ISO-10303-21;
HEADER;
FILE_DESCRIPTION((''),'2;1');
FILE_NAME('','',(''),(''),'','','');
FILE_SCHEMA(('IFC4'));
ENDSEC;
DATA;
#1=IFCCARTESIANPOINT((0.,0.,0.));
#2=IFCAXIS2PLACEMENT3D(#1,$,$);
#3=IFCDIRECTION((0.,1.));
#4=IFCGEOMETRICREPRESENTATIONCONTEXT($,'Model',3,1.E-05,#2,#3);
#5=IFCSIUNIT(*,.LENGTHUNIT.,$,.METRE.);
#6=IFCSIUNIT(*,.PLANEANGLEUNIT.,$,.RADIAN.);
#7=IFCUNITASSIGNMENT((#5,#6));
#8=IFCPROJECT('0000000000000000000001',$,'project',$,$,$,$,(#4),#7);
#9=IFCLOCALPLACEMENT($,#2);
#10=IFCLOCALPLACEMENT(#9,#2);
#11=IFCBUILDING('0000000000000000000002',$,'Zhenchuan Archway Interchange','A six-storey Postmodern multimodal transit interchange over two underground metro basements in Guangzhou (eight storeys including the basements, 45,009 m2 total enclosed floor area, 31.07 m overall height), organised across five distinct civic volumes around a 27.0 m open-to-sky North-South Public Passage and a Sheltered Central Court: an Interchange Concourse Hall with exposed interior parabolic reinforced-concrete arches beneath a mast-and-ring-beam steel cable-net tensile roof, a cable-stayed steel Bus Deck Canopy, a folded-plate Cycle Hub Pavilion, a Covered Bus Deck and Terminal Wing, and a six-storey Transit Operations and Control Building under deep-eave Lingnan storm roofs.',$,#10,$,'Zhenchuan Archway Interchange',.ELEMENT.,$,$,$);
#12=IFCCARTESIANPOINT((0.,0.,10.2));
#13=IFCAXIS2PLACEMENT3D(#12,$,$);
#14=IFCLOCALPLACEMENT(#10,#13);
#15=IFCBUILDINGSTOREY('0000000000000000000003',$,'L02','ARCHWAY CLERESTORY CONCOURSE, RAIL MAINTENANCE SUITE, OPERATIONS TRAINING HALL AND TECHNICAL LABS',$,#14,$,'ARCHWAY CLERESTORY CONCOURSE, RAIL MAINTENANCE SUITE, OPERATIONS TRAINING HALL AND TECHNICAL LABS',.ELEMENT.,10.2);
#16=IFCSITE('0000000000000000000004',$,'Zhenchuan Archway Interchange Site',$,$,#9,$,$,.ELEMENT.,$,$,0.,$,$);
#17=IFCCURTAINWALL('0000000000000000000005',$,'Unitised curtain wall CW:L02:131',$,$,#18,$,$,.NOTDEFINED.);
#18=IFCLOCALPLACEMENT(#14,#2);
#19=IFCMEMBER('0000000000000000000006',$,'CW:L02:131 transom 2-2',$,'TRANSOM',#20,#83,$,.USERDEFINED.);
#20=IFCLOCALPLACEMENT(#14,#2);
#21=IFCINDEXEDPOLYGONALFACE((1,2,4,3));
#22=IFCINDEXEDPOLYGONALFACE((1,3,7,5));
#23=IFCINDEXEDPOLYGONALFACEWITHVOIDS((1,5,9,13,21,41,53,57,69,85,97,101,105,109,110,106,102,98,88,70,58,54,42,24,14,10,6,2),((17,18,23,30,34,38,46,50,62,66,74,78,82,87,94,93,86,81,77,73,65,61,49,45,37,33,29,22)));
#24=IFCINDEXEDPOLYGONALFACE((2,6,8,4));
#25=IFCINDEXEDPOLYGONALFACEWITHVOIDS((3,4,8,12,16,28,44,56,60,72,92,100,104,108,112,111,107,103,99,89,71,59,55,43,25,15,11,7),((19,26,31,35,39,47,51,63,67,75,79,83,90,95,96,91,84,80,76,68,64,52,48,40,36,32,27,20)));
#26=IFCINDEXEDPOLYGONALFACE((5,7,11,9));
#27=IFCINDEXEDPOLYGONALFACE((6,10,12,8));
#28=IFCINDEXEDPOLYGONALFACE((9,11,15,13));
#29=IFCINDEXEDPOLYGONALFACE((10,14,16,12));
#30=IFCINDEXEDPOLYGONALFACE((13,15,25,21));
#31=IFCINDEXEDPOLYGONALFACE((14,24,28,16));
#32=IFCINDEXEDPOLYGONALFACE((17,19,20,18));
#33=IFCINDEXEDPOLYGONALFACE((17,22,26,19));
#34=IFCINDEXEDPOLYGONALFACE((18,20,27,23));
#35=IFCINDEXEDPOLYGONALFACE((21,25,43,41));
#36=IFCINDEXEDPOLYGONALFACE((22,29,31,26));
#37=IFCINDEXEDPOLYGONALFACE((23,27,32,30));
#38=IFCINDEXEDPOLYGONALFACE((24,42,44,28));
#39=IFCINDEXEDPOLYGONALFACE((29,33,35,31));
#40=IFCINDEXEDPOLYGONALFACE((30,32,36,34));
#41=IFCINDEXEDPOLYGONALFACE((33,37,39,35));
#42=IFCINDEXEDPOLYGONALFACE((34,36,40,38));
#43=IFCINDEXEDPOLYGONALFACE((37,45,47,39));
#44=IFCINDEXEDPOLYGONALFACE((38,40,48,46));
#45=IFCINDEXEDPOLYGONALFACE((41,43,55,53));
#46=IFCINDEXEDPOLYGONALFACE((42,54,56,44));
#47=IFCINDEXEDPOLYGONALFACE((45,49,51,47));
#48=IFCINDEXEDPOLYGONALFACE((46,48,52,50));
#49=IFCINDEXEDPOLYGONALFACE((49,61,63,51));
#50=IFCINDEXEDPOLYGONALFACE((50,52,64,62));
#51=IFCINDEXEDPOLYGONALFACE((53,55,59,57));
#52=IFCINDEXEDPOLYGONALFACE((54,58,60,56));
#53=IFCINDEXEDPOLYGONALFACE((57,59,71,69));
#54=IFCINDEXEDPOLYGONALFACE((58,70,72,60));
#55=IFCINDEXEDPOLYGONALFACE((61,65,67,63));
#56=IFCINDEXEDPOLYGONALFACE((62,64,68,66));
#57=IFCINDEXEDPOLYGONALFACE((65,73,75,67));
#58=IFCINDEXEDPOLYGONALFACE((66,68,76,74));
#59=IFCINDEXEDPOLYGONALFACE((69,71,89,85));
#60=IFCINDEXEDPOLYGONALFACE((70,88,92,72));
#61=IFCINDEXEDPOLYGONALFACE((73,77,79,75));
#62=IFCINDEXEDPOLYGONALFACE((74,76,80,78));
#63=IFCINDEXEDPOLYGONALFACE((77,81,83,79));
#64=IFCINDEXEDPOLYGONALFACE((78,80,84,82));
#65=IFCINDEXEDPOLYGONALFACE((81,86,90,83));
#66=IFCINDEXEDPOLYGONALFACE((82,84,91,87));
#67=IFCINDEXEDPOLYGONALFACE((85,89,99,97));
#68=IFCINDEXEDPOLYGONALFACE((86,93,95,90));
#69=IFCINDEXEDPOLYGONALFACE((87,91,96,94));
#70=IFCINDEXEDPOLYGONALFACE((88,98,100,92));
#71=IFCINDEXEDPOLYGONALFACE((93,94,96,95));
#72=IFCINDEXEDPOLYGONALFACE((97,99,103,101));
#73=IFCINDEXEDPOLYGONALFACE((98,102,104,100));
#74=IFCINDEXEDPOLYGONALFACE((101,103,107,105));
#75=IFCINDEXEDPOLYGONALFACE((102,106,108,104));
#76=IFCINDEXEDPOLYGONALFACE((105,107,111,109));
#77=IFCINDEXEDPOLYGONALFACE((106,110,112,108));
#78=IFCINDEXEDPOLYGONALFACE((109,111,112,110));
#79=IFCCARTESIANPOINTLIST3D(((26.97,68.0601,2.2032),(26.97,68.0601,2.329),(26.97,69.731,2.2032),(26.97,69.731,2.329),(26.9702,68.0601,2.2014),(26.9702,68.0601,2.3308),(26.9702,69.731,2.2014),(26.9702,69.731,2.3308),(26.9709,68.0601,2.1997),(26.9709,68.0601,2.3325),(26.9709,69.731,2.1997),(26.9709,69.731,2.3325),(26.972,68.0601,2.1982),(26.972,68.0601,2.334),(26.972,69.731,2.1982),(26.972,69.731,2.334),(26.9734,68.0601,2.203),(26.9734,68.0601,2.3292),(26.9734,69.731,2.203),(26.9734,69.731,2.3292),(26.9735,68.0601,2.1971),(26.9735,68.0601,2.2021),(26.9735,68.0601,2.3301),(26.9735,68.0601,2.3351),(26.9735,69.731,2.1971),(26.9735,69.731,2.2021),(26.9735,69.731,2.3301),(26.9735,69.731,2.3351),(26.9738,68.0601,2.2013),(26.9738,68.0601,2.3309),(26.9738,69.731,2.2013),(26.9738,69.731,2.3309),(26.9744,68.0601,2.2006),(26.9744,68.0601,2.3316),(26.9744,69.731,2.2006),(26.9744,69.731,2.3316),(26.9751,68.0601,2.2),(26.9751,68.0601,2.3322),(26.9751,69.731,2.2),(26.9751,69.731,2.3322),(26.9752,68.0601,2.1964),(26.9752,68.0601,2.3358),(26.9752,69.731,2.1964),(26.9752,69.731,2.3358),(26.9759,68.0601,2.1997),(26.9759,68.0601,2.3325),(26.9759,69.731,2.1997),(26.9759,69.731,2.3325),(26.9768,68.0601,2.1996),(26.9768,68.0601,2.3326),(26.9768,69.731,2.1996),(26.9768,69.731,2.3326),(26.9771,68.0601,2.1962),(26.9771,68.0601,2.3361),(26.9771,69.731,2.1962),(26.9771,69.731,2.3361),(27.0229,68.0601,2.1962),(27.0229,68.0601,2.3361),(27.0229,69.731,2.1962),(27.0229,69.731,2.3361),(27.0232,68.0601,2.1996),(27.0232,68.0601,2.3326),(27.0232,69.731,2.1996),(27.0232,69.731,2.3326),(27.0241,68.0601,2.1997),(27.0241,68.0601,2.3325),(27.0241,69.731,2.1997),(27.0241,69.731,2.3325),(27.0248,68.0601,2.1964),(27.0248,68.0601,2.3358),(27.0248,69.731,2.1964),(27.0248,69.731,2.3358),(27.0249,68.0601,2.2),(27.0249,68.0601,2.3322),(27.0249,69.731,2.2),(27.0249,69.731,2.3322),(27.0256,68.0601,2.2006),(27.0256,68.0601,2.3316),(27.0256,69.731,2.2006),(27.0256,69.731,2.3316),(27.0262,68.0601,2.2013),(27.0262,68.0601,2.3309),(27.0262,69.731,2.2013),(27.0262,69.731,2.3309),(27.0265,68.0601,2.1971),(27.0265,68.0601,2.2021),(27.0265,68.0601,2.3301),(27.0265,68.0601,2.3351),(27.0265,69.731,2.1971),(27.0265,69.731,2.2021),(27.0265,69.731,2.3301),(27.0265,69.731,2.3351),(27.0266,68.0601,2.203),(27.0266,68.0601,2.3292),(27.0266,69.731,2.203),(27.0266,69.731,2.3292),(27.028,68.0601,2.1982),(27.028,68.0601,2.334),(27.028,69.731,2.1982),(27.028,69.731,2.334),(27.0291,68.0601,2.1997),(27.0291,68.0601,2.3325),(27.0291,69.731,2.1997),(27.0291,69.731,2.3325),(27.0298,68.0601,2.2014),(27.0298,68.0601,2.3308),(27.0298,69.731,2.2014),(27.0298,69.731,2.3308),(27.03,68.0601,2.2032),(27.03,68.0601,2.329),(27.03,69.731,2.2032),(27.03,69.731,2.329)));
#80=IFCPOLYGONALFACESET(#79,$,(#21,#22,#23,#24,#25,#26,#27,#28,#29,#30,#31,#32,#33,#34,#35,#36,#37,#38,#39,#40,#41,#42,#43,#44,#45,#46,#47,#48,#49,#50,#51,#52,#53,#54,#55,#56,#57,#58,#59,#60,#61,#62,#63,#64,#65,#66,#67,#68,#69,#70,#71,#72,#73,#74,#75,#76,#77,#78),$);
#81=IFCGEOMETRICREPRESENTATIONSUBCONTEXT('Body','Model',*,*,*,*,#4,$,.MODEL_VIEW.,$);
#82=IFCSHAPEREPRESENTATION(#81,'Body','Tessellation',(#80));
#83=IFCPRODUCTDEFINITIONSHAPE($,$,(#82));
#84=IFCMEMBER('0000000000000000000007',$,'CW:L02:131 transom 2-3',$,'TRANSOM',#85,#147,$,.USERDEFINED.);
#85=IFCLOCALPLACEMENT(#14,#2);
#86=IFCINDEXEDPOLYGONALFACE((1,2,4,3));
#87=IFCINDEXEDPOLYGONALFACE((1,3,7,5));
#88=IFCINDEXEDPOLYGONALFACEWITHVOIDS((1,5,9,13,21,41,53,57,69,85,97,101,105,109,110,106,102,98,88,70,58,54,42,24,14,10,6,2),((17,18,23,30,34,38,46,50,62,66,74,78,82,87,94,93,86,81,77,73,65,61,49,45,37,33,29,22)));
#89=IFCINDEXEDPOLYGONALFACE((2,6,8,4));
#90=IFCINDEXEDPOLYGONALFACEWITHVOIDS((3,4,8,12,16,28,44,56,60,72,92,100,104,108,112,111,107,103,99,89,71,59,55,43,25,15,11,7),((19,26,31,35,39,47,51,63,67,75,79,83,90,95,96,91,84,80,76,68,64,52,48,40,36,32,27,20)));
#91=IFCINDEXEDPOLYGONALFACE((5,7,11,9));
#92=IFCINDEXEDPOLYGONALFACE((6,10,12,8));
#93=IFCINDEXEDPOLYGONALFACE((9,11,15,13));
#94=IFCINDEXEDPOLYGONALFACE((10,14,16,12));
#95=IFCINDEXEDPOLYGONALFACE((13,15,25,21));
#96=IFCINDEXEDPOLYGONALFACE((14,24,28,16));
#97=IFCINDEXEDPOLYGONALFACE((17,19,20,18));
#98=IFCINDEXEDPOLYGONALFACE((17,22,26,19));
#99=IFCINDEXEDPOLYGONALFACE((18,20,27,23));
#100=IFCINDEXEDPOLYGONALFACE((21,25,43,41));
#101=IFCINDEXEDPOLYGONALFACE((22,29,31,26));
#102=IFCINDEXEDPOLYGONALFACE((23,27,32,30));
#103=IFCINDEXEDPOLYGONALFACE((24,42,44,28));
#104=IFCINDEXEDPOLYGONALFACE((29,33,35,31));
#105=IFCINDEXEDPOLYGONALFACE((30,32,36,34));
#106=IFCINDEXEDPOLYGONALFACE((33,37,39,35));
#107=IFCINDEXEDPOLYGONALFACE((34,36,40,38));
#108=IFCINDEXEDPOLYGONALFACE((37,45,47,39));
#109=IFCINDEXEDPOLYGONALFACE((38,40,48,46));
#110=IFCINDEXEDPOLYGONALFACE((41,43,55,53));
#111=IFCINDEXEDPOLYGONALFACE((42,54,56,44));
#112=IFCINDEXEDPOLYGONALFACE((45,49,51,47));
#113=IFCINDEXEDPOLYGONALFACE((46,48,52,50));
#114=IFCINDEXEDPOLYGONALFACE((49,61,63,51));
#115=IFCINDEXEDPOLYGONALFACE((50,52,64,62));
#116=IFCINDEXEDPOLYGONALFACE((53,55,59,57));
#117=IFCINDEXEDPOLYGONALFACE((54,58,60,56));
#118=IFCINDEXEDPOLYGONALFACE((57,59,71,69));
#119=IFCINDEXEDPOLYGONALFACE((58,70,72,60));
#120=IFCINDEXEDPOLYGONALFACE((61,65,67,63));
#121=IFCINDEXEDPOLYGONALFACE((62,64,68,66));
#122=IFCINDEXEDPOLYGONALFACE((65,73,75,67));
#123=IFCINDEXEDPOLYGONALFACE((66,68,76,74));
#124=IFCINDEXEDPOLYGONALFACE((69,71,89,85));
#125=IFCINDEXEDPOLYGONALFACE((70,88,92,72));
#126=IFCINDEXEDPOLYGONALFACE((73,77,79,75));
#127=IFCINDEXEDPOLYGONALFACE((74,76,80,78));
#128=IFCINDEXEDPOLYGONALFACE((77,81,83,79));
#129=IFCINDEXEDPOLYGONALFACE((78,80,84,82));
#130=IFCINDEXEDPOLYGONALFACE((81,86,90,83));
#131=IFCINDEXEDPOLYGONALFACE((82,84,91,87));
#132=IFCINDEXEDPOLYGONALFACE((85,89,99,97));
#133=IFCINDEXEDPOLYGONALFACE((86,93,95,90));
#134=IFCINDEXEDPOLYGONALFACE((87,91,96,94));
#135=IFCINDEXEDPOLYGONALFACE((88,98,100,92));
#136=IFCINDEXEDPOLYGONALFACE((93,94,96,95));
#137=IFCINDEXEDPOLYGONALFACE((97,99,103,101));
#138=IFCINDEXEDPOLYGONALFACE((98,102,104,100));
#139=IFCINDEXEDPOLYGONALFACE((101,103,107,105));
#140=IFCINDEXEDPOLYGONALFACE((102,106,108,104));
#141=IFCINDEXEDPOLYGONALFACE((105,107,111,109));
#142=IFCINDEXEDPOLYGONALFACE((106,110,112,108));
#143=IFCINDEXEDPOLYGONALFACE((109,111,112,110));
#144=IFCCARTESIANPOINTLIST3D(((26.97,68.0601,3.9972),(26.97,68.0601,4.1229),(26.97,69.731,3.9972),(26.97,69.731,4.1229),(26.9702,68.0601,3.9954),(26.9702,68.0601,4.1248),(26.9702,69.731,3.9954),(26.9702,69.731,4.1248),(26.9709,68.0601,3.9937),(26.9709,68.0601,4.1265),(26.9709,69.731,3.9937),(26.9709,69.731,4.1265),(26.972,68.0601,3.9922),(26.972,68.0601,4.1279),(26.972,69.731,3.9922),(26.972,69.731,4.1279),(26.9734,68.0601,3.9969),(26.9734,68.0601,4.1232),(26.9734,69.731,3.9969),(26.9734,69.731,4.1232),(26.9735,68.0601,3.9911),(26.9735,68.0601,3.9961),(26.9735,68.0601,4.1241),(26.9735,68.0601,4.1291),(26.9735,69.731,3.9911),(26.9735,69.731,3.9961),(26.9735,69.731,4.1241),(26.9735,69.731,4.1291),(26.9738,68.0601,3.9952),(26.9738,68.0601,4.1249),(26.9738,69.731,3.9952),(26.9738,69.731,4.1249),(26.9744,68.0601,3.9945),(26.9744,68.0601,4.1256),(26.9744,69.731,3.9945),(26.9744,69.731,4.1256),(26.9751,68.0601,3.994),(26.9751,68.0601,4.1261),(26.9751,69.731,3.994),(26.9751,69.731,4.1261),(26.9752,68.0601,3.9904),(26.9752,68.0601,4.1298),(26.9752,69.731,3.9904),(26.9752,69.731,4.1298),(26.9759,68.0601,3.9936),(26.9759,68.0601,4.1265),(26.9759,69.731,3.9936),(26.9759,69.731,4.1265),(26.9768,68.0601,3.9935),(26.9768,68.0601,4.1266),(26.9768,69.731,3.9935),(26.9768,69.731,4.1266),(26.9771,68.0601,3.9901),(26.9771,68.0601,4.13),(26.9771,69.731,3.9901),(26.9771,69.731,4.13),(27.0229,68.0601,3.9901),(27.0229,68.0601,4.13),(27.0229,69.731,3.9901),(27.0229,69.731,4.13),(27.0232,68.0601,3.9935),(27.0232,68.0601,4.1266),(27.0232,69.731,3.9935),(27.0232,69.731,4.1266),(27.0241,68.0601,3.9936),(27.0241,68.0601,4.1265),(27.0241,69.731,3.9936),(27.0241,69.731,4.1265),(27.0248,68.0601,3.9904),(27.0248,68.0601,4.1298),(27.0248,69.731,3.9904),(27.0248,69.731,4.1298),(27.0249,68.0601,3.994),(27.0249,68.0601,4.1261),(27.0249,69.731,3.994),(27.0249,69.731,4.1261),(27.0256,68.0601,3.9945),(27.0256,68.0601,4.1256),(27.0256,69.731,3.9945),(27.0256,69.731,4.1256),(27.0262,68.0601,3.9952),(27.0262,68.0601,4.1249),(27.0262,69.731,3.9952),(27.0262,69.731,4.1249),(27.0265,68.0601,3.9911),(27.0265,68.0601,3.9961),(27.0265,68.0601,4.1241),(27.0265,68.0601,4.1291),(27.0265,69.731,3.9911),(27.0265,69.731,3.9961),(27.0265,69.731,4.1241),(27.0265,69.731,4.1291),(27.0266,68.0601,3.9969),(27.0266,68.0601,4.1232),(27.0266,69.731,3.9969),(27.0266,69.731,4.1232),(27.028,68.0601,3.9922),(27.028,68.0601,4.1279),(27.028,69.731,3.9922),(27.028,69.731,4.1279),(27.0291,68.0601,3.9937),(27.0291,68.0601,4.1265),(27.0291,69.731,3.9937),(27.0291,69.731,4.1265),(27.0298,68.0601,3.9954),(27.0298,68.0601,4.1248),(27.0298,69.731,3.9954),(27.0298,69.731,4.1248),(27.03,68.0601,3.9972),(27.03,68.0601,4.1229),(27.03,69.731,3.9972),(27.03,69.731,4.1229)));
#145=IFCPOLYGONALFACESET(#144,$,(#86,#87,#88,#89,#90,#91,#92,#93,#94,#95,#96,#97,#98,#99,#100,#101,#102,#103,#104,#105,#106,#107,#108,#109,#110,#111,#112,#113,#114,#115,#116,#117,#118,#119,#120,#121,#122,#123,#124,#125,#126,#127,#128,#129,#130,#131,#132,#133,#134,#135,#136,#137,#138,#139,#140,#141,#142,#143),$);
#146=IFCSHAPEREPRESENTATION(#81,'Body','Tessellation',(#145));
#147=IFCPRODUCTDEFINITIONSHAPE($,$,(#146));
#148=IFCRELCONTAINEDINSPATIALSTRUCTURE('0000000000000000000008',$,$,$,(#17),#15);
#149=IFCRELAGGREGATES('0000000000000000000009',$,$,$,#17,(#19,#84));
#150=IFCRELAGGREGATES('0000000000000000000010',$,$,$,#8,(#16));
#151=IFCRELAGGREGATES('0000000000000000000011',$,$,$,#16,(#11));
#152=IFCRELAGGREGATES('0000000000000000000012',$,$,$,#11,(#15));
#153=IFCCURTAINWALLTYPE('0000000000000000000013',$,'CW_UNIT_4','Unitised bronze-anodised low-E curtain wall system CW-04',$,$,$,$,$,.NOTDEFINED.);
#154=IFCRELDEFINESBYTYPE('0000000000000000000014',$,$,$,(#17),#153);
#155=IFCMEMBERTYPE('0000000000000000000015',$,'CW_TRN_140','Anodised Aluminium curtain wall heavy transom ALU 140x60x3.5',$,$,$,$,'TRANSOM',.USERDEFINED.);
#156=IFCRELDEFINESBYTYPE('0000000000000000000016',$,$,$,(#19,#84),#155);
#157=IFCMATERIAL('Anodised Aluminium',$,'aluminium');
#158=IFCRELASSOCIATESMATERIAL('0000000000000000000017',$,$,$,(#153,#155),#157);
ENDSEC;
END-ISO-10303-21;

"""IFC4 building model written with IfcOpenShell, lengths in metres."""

from ifc_helpers import new_model, si_unit, direction, frame, origin, origin_2d, place, context, subcontext, project, spatial, hollow_rectangle, extrude, material, material_profile, profile_set, type_object, element, aggregate, save


model = new_model("IFC4")

# Units and contexts
model_context = context("Model", 3, precision=1e-05, world=origin(), true_north=direction((0.0, 1.0)))
body_context = subcontext(model_context, "Body", "Model", "MODEL_VIEW")
ifc_project = project(units=[si_unit("LENGTHUNIT", "METRE"), si_unit("PLANEANGLEUNIT", "RADIAN")], contexts=[model_context])

# Site, building, storey
site_placement = place(None, origin())
site = spatial("IfcSite", under=ifc_project, at=site_placement, Name="Zhenchuan Archway Interchange Site", CompositionType="ELEMENT", RefElevation=0.0)
building_placement = place(site_placement, origin())
building = spatial("IfcBuilding", under=site, at=building_placement, Name="Zhenchuan Archway Interchange", Description="A six-storey Postmodern multimodal transit interchange over two underground metro basements in Guangzhou (eight storeys including the basements, 45,009 m2 total enclosed floor area, 31.07 m overall height), organised across five distinct civic volumes around a 27.0 m open-to-sky North-South Public Passage and a Sheltered Central Court: an Interchange Concourse Hall with exposed interior parabolic reinforced-concrete arches beneath a mast-and-ring-beam steel cable-net tensile roof, a cable-stayed steel Bus Deck Canopy, a folded-plate Cycle Hub Pavilion, a Covered Bus Deck and Terminal Wing, and a six-storey Transit Operations and Control Building under deep-eave Lingnan storm roofs.", LongName="Zhenchuan Archway Interchange", CompositionType="ELEMENT")
storey_placement = place(building_placement, frame((0.0, 0.0, 10.2)))
storey = spatial("IfcBuildingStorey", under=building, at=storey_placement, Name="L02", Description="ARCHWAY CLERESTORY CONCOURSE, RAIL MAINTENANCE SUITE, OPERATIONS TRAINING HALL AND TECHNICAL LABS", LongName="ARCHWAY CLERESTORY CONCOURSE, RAIL MAINTENANCE SUITE, OPERATIONS TRAINING HALL AND TECHNICAL LABS", CompositionType="ELEMENT", Elevation=10.2)

# Curtain wall, members
ifc_material_1 = material(Name="Anodised Aluminium", Category="aluminium")
curtain_wall_type = type_object("IfcCurtainWallType", Name="CW_UNIT_4", Description="Unitised bronze-anodised low-E curtain wall system CW-04", PredefinedType="NOTDEFINED", material=ifc_material_1)
curtain_wall_placement = place(storey_placement, origin())
curtain_wall = element("IfcCurtainWall", 1, at=curtain_wall_placement, inside=storey, type_object=curtain_wall_type, Name="Unitised curtain wall CW:L02:131", PredefinedType="NOTDEFINED")
ifc_material_profile_1 = material_profile(ifc_material_1, hollow_rectangle(XDim=0.0601, YDim=0.1399, WallThickness=0.0034, InnerFilletRadius=0.0034, OuterFilletRadius=0.0071, at=origin_2d()), Name="ALU 140x60x3.5")
ifc_profile_set_1 = profile_set([ifc_material_profile_1], Name="Anodised Aluminium")
member_type_1 = type_object("IfcMemberType", Name="CW_TRN_140", Description="Anodised Aluminium curtain wall heavy transom ALU 140x60x3.5", ElementType="TRANSOM", PredefinedType="USERDEFINED", material=ifc_profile_set_1)
member_1_placement = place(storey_placement, frame((27.0, 68.0601, 2.2661), z_axis=(0.0, 1.0, 0.0), x_axis=(-1.0, 0.0, 0.0)))
member_1 = element("IfcMember", 2, at=member_1_placement, type_object=member_type_1, Name="CW:L02:131 transom 2-2", ObjectType="TRANSOM", PredefinedType="USERDEFINED", context=body_context, shape_type="SweptSolid", body=[
    extrude(hollow_rectangle(XDim=0.0601, YDim=0.1399, WallThickness=0.0034, InnerFilletRadius=0.0034, OuterFilletRadius=0.0071, at=origin_2d()), origin(), (0.0, 0.0, 1.0), 1.6709),
])
member_2_placement = place(storey_placement, frame((27.0, 68.0601, 4.0601), z_axis=(0.0, 1.0, 0.0), x_axis=(-1.0, 0.0, 0.0)))
member_2 = element("IfcMember", 3, at=member_2_placement, type_object=member_type_1, Name="CW:L02:131 transom 2-3", ObjectType="TRANSOM", PredefinedType="USERDEFINED", context=body_context, shape_type="SweptSolid", body=[
    extrude(hollow_rectangle(XDim=0.0601, YDim=0.1399, WallThickness=0.0034, InnerFilletRadius=0.0034, OuterFilletRadius=0.0071, at=origin_2d()), origin(), (0.0, 0.0, 1.0), 1.6709),
])
aggregate(curtain_wall, [member_1, member_2])

save(model, "model.ifc")
